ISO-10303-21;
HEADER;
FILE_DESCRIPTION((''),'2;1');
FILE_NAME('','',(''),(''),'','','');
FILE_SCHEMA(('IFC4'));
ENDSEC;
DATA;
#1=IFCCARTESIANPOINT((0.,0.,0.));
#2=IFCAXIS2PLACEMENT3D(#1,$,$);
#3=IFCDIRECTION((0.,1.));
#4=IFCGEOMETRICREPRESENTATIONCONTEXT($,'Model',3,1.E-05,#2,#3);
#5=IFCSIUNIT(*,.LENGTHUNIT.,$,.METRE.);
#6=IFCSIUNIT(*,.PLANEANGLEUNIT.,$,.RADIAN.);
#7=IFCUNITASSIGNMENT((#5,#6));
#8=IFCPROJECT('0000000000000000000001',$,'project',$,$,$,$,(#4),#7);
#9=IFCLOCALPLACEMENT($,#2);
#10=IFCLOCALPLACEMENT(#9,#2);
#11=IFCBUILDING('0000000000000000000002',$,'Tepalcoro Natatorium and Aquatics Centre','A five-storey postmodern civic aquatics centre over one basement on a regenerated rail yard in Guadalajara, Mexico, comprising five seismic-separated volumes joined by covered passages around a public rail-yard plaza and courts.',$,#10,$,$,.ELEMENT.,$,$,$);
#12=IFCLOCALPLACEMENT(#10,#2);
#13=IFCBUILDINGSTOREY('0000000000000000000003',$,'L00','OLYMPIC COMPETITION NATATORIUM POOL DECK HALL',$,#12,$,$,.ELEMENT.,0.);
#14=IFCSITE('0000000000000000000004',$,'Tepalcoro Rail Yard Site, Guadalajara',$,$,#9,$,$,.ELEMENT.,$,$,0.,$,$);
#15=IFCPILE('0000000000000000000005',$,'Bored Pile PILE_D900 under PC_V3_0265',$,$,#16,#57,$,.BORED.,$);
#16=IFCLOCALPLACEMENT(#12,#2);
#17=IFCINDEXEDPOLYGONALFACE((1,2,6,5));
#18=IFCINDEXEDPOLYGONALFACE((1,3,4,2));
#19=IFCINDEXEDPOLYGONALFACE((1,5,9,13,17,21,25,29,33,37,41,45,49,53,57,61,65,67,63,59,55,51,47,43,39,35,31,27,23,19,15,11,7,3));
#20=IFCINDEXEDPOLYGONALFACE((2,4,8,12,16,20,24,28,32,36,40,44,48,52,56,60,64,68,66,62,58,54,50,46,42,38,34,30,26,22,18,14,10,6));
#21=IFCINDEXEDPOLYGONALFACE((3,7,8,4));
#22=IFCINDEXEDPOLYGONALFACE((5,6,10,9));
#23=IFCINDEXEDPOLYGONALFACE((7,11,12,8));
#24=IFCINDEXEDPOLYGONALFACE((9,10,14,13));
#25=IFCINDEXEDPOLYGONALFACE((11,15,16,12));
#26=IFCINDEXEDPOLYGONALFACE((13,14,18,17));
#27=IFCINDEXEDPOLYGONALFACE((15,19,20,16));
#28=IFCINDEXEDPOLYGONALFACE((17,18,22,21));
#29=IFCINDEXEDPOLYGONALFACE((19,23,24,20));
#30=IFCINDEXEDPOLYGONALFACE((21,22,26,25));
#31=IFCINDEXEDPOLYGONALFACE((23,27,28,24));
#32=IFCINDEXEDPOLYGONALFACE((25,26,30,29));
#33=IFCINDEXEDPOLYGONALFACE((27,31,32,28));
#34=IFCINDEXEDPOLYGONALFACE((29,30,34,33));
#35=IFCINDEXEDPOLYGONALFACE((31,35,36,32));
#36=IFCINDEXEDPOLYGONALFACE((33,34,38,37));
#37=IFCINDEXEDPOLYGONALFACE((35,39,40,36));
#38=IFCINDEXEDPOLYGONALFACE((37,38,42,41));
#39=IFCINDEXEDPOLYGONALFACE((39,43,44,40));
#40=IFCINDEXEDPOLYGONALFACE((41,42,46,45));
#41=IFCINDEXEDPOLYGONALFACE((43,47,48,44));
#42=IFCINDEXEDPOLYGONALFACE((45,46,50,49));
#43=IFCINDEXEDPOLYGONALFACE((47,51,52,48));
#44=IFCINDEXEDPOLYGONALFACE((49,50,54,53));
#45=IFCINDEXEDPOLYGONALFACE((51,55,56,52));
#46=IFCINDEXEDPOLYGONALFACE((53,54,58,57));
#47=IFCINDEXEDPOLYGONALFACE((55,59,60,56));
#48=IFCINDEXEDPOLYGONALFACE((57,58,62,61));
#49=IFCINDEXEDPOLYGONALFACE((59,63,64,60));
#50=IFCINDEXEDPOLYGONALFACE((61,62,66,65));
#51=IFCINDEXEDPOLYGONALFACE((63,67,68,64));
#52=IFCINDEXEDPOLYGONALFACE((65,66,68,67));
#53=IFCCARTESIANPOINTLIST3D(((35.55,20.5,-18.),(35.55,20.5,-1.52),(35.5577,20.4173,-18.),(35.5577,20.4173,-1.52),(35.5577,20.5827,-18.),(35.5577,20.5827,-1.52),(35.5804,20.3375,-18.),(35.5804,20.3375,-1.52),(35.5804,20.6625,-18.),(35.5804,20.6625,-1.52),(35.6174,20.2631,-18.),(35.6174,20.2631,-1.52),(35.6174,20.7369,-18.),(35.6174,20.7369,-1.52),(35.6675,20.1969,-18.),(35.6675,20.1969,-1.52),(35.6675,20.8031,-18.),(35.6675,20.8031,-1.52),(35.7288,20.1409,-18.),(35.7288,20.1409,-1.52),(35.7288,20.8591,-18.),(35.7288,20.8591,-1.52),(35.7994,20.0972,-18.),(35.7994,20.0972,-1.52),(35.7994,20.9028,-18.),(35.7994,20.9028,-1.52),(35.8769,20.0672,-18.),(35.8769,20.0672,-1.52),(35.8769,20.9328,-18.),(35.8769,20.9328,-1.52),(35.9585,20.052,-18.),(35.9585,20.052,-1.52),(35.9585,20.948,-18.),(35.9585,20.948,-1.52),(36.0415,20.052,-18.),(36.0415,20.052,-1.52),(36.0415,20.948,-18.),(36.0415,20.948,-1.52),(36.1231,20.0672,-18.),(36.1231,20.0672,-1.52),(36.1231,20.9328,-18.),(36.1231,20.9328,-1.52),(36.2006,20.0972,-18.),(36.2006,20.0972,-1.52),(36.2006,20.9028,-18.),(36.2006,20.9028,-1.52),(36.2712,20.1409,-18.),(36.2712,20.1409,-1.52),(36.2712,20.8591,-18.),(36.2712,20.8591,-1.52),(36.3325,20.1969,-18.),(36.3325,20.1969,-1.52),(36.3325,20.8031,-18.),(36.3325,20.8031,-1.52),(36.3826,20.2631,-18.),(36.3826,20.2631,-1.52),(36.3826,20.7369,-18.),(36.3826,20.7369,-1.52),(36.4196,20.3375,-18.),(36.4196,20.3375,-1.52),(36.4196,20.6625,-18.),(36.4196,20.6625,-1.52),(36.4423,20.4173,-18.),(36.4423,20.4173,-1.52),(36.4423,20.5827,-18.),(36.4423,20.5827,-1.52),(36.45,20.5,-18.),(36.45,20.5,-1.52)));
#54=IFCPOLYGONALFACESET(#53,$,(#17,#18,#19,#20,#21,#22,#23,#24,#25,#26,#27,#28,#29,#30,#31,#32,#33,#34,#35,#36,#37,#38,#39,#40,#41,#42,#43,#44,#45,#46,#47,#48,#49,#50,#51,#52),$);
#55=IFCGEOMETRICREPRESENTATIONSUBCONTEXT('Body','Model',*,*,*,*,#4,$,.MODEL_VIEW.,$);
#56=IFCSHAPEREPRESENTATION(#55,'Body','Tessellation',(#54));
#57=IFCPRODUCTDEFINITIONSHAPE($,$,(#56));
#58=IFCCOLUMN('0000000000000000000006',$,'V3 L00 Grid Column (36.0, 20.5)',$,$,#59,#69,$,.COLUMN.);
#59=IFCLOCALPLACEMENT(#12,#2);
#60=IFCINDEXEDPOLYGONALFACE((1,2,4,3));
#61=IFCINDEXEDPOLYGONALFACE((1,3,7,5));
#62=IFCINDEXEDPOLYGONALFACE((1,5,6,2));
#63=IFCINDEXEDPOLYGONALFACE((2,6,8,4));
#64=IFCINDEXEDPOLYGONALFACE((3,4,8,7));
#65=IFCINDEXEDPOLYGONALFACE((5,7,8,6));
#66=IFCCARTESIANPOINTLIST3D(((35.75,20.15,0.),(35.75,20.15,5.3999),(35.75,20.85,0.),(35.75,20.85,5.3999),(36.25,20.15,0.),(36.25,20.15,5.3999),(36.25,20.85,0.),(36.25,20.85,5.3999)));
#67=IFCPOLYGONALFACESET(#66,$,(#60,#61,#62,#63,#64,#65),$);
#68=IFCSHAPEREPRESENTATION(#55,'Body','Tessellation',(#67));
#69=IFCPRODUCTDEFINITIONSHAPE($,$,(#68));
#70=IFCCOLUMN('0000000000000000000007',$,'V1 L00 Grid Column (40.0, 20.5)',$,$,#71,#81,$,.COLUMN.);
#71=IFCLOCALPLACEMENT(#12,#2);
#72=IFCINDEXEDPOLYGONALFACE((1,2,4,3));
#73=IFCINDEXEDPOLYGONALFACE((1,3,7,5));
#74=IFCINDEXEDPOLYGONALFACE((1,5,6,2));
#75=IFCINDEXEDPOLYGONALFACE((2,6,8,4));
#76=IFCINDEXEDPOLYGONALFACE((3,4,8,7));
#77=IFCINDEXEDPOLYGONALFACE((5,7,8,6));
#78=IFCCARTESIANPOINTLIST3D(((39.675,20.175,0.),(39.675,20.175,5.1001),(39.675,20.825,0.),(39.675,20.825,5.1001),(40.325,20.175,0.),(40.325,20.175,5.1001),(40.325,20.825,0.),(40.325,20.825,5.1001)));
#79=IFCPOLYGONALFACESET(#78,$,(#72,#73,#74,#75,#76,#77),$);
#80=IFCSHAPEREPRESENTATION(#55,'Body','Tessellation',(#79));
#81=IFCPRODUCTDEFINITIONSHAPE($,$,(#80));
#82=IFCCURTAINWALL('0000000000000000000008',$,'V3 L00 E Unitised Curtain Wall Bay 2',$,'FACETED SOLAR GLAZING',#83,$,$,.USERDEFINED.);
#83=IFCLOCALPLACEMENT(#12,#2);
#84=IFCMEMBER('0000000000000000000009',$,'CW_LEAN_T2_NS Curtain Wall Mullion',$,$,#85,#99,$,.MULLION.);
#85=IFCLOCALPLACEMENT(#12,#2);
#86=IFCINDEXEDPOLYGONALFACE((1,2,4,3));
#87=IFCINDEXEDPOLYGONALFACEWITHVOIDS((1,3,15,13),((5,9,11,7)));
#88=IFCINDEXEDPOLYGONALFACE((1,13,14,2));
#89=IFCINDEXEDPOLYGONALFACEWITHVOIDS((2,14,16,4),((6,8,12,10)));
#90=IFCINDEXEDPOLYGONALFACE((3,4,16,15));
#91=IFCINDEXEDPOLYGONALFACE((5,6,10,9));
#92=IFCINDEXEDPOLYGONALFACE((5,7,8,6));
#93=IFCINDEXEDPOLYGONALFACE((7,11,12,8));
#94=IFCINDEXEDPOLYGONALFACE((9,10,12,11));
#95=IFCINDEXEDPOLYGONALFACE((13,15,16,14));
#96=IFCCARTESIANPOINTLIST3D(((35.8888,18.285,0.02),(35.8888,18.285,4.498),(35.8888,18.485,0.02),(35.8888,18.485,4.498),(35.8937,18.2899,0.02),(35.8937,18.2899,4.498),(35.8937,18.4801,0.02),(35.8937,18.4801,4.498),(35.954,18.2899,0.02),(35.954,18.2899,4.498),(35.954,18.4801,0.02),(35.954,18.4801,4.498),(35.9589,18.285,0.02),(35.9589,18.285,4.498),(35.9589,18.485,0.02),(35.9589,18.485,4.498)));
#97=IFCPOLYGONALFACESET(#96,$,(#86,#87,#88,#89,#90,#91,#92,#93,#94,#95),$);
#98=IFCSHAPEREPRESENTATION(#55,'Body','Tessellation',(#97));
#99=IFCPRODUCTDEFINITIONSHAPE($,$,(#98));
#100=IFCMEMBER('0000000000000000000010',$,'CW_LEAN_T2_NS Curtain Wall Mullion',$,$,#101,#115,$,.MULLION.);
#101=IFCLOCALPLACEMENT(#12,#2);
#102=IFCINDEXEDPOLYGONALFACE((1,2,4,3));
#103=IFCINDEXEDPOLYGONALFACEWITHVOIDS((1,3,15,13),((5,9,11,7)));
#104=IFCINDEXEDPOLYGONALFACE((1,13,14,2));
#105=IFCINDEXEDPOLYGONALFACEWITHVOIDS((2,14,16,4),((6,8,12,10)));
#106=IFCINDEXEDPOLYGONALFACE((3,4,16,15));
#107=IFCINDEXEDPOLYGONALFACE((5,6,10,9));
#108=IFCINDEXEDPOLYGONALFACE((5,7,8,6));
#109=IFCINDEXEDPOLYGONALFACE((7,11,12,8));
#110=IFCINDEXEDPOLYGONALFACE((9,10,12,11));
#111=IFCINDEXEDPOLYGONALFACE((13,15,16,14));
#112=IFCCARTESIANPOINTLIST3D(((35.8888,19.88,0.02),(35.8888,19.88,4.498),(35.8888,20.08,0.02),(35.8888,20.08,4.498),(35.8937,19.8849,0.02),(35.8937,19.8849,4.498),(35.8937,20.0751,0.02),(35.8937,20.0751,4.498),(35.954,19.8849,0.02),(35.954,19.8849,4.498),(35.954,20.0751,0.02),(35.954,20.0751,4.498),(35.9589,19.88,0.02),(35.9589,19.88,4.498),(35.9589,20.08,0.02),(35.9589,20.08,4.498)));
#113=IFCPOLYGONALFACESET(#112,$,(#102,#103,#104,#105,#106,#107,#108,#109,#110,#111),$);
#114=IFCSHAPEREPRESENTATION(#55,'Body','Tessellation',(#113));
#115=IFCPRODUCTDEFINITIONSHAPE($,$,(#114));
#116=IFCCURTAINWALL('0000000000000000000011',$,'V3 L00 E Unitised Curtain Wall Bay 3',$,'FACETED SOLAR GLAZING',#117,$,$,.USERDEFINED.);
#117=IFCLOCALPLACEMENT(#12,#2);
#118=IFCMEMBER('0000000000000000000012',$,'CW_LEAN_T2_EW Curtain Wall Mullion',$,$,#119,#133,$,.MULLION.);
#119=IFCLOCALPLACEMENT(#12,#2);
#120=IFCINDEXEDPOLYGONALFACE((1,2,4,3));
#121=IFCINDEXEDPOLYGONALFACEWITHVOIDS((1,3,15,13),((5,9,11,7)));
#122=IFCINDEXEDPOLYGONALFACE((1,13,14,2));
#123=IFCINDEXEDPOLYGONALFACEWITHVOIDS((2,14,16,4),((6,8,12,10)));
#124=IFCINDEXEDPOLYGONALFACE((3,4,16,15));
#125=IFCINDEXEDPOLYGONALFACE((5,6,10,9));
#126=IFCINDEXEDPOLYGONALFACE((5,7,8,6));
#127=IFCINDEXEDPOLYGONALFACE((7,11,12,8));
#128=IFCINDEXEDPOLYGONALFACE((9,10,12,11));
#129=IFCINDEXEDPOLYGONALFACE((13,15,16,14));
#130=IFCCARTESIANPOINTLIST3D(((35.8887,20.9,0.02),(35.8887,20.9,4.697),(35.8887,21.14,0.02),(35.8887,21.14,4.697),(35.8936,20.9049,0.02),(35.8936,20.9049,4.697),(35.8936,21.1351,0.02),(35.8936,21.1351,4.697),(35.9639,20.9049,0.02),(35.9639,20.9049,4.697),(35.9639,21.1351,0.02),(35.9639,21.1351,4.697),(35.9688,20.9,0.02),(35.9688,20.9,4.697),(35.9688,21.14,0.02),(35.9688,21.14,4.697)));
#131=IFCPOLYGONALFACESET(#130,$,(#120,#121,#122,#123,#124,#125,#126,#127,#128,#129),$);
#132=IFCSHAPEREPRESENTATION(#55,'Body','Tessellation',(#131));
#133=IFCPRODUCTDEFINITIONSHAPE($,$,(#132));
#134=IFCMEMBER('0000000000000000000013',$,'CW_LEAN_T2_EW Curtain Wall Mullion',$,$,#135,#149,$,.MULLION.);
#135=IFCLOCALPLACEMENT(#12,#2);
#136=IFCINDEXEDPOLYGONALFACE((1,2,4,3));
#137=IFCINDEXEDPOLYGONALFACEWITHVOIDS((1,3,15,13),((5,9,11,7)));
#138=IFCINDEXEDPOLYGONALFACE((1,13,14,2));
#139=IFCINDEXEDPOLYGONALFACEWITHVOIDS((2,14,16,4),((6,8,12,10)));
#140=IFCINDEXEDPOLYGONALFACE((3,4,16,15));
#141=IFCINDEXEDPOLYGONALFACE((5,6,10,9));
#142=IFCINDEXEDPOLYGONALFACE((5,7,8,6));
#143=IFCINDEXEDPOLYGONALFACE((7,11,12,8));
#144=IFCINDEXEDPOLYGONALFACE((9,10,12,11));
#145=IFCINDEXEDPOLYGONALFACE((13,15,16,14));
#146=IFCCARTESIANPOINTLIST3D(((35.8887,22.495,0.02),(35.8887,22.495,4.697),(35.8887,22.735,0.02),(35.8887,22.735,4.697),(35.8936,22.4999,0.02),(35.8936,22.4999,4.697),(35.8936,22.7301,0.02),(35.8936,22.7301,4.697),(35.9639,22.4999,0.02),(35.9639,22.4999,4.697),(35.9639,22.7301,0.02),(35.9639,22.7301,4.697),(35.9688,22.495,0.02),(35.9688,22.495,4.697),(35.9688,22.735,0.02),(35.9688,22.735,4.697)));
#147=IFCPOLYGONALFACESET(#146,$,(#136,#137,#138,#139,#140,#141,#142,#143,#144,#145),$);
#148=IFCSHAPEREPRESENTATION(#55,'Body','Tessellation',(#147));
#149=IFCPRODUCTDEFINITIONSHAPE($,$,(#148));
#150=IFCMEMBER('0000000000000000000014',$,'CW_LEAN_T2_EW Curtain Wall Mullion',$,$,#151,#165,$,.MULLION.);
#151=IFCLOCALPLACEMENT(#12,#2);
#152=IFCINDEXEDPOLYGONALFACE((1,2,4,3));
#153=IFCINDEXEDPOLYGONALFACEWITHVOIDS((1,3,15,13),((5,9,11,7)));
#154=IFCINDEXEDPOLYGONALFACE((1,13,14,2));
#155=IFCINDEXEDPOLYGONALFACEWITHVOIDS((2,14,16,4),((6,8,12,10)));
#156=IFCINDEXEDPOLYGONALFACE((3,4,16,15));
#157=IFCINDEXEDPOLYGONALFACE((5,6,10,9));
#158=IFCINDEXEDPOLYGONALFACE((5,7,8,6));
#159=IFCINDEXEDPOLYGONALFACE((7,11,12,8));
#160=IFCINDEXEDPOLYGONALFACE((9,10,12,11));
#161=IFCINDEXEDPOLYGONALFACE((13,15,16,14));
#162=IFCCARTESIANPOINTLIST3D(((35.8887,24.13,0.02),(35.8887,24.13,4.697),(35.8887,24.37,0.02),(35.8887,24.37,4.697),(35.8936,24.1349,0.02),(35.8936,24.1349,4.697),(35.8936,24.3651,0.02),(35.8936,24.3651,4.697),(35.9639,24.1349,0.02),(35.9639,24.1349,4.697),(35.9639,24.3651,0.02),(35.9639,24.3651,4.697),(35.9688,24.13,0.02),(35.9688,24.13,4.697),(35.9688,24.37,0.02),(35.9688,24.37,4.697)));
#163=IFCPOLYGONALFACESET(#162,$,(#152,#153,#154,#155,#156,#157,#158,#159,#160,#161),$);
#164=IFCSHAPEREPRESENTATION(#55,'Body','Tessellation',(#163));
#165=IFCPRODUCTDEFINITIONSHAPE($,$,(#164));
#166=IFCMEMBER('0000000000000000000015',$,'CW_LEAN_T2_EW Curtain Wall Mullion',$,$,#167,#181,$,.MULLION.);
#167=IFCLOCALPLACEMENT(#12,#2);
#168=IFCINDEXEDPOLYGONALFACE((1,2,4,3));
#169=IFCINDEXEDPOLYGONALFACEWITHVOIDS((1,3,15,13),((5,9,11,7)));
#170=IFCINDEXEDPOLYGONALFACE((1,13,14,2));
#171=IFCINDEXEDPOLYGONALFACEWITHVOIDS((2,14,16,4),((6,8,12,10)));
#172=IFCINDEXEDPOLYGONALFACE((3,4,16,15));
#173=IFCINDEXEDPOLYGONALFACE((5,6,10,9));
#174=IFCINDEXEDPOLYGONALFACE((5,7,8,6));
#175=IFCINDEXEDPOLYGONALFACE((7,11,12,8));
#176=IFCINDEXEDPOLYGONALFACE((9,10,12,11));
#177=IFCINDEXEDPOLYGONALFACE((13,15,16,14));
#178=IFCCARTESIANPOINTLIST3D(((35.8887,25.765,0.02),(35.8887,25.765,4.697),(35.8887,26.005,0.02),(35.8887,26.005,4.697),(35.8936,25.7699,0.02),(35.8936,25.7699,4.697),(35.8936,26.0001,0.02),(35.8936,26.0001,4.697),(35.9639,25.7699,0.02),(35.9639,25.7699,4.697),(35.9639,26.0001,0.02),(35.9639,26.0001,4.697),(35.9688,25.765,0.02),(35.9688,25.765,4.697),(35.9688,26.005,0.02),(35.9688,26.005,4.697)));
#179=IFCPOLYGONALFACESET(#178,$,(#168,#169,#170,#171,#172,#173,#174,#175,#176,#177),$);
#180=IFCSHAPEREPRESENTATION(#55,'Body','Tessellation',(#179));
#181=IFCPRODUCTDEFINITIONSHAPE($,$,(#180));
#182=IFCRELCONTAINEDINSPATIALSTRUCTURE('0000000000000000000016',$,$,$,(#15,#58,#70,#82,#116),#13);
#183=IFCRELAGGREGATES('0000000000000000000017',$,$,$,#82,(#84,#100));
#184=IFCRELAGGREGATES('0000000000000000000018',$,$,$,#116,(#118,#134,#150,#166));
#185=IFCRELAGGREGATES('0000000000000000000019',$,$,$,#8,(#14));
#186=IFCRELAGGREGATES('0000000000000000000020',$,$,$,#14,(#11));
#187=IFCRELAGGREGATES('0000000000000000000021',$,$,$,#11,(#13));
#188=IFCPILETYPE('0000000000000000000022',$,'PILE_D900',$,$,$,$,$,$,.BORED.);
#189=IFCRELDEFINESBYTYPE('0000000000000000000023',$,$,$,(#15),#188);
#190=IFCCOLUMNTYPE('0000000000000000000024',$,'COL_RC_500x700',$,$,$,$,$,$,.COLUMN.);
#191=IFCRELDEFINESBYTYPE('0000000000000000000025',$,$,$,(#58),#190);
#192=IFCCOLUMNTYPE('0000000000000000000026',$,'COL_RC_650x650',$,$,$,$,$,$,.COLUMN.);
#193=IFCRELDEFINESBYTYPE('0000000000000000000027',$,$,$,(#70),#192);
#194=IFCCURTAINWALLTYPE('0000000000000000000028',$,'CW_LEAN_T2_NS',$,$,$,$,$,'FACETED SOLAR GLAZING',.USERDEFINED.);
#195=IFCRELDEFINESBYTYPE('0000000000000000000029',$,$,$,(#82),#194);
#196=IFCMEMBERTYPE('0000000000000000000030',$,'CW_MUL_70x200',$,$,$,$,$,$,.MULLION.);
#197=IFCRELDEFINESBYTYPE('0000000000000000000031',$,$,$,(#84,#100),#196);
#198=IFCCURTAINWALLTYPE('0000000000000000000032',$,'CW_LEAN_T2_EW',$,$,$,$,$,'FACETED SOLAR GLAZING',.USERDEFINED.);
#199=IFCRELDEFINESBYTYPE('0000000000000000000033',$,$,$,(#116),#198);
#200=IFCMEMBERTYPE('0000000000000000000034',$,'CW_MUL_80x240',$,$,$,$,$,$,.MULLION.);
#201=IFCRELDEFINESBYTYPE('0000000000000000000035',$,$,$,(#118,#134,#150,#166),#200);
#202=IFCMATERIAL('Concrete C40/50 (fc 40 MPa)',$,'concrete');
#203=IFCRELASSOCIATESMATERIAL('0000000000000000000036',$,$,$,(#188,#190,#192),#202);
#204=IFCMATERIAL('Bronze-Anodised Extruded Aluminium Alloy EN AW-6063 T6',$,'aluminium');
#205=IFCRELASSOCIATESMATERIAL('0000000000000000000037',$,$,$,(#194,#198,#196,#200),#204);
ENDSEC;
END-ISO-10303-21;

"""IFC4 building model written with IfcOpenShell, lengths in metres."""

from ifc_helpers import new_model, si_unit, direction, frame, origin, origin_2d, place, context, subcontext, project, spatial, rectangle, hollow_rectangle, circle, extrude, material, material_profile, profile_set, type_object, element, aggregate, save


model = new_model("IFC4")

# Units and contexts
model_context = context("Model", 3, precision=1e-05, world=origin(), true_north=direction((0.0, 1.0)))
body_context = subcontext(model_context, "Body", "Model", "MODEL_VIEW")
ifc_project = project(units=[si_unit("LENGTHUNIT", "METRE"), si_unit("PLANEANGLEUNIT", "RADIAN")], contexts=[model_context])

# Site, building, storey
site_placement = place(None, origin())
site = spatial("IfcSite", under=ifc_project, at=site_placement, Name="Tepalcoro Rail Yard Site, Guadalajara", CompositionType="ELEMENT", RefElevation=0.0)
building_placement = place(site_placement, origin())
building = spatial("IfcBuilding", under=site, at=building_placement, Name="Tepalcoro Natatorium and Aquatics Centre", Description="A five-storey postmodern civic aquatics centre over one basement on a regenerated rail yard in Guadalajara, Mexico, comprising five seismic-separated volumes joined by covered passages around a public rail-yard plaza and courts.", CompositionType="ELEMENT")
storey_placement = place(building_placement, origin())
storey = spatial("IfcBuildingStorey", under=building, at=storey_placement, Name="L00", Description="OLYMPIC COMPETITION NATATORIUM POOL DECK HALL", CompositionType="ELEMENT", Elevation=0.0)

# Pile
ifc_material_1 = material(Name="Concrete C40/50 (fc 40 MPa)", Category="concrete")
ifc_material_profile_1 = material_profile(ifc_material_1, circle(Radius=0.45, at=origin_2d()), Name="PILE_D900")
ifc_profile_set_1 = profile_set([ifc_material_profile_1], Name="Concrete C40/50 (fc 40 MPa)")
pile_type = type_object("IfcPileType", Name="PILE_D900", PredefinedType="BORED", material=ifc_profile_set_1)
pile_placement = place(storey_placement, frame((36.0, 20.5, -1.52), z_axis=(0.0, 0.0, -1.0), x_axis=(1.0, 0.0, 0.0)))
element("IfcPile", 1, at=pile_placement, inside=storey, type_object=pile_type, Name="Bored Pile PILE_D900 under PC_V3_0265", PredefinedType="BORED", context=body_context, shape_type="SweptSolid", body=[
    extrude(circle(Radius=0.45, at=origin_2d()), origin(), (0.0, 0.0, 1.0), 16.48),
])

# Columns
ifc_material_profile_2 = material_profile(ifc_material_1, rectangle(XDim=0.5, YDim=0.7, at=origin_2d()), Name="RC500x700")
ifc_profile_set_2 = profile_set([ifc_material_profile_2], Name="Concrete C40/50 (fc 40 MPa)")
column_type_1 = type_object("IfcColumnType", Name="COL_RC_500x700", PredefinedType="COLUMN", material=ifc_profile_set_2)
column_1_placement = place(storey_placement, frame((36.0, 20.5, 0.0), z_axis=(0.0, 0.0, 1.0), x_axis=(1.0, 0.0, 0.0)))
element("IfcColumn", 2, at=column_1_placement, inside=storey, type_object=column_type_1, Name="V3 L00 Grid Column (36.0, 20.5)", PredefinedType="COLUMN", context=body_context, shape_type="SweptSolid", body=[
    extrude(rectangle(XDim=0.5, YDim=0.7, at=origin_2d()), origin(), (0.0, 0.0, 1.0), 5.3999),
])
ifc_material_profile_3 = material_profile(ifc_material_1, rectangle(XDim=0.6499, YDim=0.6499, at=origin_2d()), Name="RC650x650")
ifc_profile_set_3 = profile_set([ifc_material_profile_3], Name="Concrete C40/50 (fc 40 MPa)")
column_type_2 = type_object("IfcColumnType", Name="COL_RC_650x650", PredefinedType="COLUMN", material=ifc_profile_set_3)
column_2_placement = place(storey_placement, frame((40.0, 20.5, 0.0), z_axis=(0.0, 0.0, 1.0), x_axis=(1.0, 0.0, 0.0)))
element("IfcColumn", 3, at=column_2_placement, inside=storey, type_object=column_type_2, Name="V1 L00 Grid Column (40.0, 20.5)", PredefinedType="COLUMN", context=body_context, shape_type="SweptSolid", body=[
    extrude(rectangle(XDim=0.6499, YDim=0.6499, at=origin_2d()), origin(), (0.0, 0.0, 1.0), 5.1001),
])

# Curtain walls, members
ifc_material_2 = material(Name="Bronze-Anodised Extruded Aluminium Alloy EN AW-6063 T6", Category="aluminium")
curtain_wall_type_1 = type_object("IfcCurtainWallType", Name="CW_LEAN_T2_NS", ElementType="FACETED SOLAR GLAZING", PredefinedType="USERDEFINED", material=ifc_material_2)
curtain_wall_1_placement = place(storey_placement, origin())
curtain_wall_1 = element("IfcCurtainWall", 4, at=curtain_wall_1_placement, inside=storey, type_object=curtain_wall_type_1, Name="V3 L00 E Unitised Curtain Wall Bay 2", ObjectType="FACETED SOLAR GLAZING", PredefinedType="USERDEFINED")
ifc_material_profile_4 = material_profile(ifc_material_2, hollow_rectangle(XDim=0.0701, YDim=0.2, WallThickness=0.0049, at=origin_2d()), Name="AL70X200X5")
ifc_profile_set_4 = profile_set([ifc_material_profile_4], Name="Bronze-Anodised Extruded Aluminium Alloy EN AW-6063 T6")
member_type_1 = type_object("IfcMemberType", Name="CW_MUL_70x200", PredefinedType="MULLION", material=ifc_profile_set_4)
member_1_placement = place(storey_placement, frame((35.9238, 18.385, 0.02), z_axis=(0.0, 0.0, 1.0), x_axis=(1.0, 0.0, 0.0)))
member_1 = element("IfcMember", 5, at=member_1_placement, type_object=member_type_1, Name="CW_LEAN_T2_NS Curtain Wall Mullion", PredefinedType="MULLION", context=body_context, shape_type="SweptSolid", body=[
    extrude(hollow_rectangle(XDim=0.0701, YDim=0.2, WallThickness=0.0049, at=origin_2d()), origin(), (0.0, 0.0, 1.0), 4.478),
])
member_2_placement = place(storey_placement, frame((35.9238, 19.98, 0.02), z_axis=(0.0, 0.0, 1.0), x_axis=(1.0, 0.0, 0.0)))
member_2 = element("IfcMember", 6, at=member_2_placement, type_object=member_type_1, Name="CW_LEAN_T2_NS Curtain Wall Mullion", PredefinedType="MULLION", context=body_context, shape_type="SweptSolid", body=[
    extrude(hollow_rectangle(XDim=0.0701, YDim=0.2, WallThickness=0.0049, at=origin_2d()), origin(), (0.0, 0.0, 1.0), 4.478),
])
curtain_wall_type_2 = type_object("IfcCurtainWallType", Name="CW_LEAN_T2_EW", ElementType="FACETED SOLAR GLAZING", PredefinedType="USERDEFINED", material=ifc_material_2)
curtain_wall_2_placement = place(storey_placement, origin())
curtain_wall_2 = element("IfcCurtainWall", 7, at=curtain_wall_2_placement, inside=storey, type_object=curtain_wall_type_2, Name="V3 L00 E Unitised Curtain Wall Bay 3", ObjectType="FACETED SOLAR GLAZING", PredefinedType="USERDEFINED")
ifc_material_profile_5 = material_profile(ifc_material_2, hollow_rectangle(XDim=0.0801, YDim=0.24, WallThickness=0.0049, at=origin_2d()), Name="AL80X240X5")
ifc_profile_set_5 = profile_set([ifc_material_profile_5], Name="Bronze-Anodised Extruded Aluminium Alloy EN AW-6063 T6")
member_type_2 = type_object("IfcMemberType", Name="CW_MUL_80x240", PredefinedType="MULLION", material=ifc_profile_set_5)
member_3_placement = place(storey_placement, frame((35.9287, 21.02, 0.02), z_axis=(0.0, 0.0, 1.0), x_axis=(1.0, 0.0, 0.0)))
member_3 = element("IfcMember", 8, at=member_3_placement, type_object=member_type_2, Name="CW_LEAN_T2_EW Curtain Wall Mullion", PredefinedType="MULLION", context=body_context, shape_type="SweptSolid", body=[
    extrude(hollow_rectangle(XDim=0.0801, YDim=0.24, WallThickness=0.0049, at=origin_2d()), origin(), (0.0, 0.0, 1.0), 4.677),
])
member_4_placement = place(storey_placement, frame((35.9287, 22.615, 0.02), z_axis=(0.0, 0.0, 1.0), x_axis=(1.0, 0.0, 0.0)))
member_4 = element("IfcMember", 9, at=member_4_placement, type_object=member_type_2, Name="CW_LEAN_T2_EW Curtain Wall Mullion", PredefinedType="MULLION", context=body_context, shape_type="SweptSolid", body=[
    extrude(hollow_rectangle(XDim=0.0801, YDim=0.24, WallThickness=0.0049, at=origin_2d()), origin(), (0.0, 0.0, 1.0), 4.677),
])
member_5_placement = place(storey_placement, frame((35.9287, 24.25, 0.02), z_axis=(0.0, 0.0, 1.0), x_axis=(1.0, 0.0, 0.0)))
member_5 = element("IfcMember", 10, at=member_5_placement, type_object=member_type_2, Name="CW_LEAN_T2_EW Curtain Wall Mullion", PredefinedType="MULLION", context=body_context, shape_type="SweptSolid", body=[
    extrude(hollow_rectangle(XDim=0.0801, YDim=0.24, WallThickness=0.0049, at=origin_2d()), origin(), (0.0, 0.0, 1.0), 4.677),
])
member_6_placement = place(storey_placement, frame((35.9287, 25.885, 0.02), z_axis=(0.0, 0.0, 1.0), x_axis=(1.0, 0.0, 0.0)))
member_6 = element("IfcMember", 11, at=member_6_placement, type_object=member_type_2, Name="CW_LEAN_T2_EW Curtain Wall Mullion", PredefinedType="MULLION", context=body_context, shape_type="SweptSolid", body=[
    extrude(hollow_rectangle(XDim=0.0801, YDim=0.24, WallThickness=0.0049, at=origin_2d()), origin(), (0.0, 0.0, 1.0), 4.677),
])

aggregate(curtain_wall_1, [member_1, member_2])
aggregate(curtain_wall_2, [member_3, member_4, member_5, member_6])

save(model, "model.ifc")
